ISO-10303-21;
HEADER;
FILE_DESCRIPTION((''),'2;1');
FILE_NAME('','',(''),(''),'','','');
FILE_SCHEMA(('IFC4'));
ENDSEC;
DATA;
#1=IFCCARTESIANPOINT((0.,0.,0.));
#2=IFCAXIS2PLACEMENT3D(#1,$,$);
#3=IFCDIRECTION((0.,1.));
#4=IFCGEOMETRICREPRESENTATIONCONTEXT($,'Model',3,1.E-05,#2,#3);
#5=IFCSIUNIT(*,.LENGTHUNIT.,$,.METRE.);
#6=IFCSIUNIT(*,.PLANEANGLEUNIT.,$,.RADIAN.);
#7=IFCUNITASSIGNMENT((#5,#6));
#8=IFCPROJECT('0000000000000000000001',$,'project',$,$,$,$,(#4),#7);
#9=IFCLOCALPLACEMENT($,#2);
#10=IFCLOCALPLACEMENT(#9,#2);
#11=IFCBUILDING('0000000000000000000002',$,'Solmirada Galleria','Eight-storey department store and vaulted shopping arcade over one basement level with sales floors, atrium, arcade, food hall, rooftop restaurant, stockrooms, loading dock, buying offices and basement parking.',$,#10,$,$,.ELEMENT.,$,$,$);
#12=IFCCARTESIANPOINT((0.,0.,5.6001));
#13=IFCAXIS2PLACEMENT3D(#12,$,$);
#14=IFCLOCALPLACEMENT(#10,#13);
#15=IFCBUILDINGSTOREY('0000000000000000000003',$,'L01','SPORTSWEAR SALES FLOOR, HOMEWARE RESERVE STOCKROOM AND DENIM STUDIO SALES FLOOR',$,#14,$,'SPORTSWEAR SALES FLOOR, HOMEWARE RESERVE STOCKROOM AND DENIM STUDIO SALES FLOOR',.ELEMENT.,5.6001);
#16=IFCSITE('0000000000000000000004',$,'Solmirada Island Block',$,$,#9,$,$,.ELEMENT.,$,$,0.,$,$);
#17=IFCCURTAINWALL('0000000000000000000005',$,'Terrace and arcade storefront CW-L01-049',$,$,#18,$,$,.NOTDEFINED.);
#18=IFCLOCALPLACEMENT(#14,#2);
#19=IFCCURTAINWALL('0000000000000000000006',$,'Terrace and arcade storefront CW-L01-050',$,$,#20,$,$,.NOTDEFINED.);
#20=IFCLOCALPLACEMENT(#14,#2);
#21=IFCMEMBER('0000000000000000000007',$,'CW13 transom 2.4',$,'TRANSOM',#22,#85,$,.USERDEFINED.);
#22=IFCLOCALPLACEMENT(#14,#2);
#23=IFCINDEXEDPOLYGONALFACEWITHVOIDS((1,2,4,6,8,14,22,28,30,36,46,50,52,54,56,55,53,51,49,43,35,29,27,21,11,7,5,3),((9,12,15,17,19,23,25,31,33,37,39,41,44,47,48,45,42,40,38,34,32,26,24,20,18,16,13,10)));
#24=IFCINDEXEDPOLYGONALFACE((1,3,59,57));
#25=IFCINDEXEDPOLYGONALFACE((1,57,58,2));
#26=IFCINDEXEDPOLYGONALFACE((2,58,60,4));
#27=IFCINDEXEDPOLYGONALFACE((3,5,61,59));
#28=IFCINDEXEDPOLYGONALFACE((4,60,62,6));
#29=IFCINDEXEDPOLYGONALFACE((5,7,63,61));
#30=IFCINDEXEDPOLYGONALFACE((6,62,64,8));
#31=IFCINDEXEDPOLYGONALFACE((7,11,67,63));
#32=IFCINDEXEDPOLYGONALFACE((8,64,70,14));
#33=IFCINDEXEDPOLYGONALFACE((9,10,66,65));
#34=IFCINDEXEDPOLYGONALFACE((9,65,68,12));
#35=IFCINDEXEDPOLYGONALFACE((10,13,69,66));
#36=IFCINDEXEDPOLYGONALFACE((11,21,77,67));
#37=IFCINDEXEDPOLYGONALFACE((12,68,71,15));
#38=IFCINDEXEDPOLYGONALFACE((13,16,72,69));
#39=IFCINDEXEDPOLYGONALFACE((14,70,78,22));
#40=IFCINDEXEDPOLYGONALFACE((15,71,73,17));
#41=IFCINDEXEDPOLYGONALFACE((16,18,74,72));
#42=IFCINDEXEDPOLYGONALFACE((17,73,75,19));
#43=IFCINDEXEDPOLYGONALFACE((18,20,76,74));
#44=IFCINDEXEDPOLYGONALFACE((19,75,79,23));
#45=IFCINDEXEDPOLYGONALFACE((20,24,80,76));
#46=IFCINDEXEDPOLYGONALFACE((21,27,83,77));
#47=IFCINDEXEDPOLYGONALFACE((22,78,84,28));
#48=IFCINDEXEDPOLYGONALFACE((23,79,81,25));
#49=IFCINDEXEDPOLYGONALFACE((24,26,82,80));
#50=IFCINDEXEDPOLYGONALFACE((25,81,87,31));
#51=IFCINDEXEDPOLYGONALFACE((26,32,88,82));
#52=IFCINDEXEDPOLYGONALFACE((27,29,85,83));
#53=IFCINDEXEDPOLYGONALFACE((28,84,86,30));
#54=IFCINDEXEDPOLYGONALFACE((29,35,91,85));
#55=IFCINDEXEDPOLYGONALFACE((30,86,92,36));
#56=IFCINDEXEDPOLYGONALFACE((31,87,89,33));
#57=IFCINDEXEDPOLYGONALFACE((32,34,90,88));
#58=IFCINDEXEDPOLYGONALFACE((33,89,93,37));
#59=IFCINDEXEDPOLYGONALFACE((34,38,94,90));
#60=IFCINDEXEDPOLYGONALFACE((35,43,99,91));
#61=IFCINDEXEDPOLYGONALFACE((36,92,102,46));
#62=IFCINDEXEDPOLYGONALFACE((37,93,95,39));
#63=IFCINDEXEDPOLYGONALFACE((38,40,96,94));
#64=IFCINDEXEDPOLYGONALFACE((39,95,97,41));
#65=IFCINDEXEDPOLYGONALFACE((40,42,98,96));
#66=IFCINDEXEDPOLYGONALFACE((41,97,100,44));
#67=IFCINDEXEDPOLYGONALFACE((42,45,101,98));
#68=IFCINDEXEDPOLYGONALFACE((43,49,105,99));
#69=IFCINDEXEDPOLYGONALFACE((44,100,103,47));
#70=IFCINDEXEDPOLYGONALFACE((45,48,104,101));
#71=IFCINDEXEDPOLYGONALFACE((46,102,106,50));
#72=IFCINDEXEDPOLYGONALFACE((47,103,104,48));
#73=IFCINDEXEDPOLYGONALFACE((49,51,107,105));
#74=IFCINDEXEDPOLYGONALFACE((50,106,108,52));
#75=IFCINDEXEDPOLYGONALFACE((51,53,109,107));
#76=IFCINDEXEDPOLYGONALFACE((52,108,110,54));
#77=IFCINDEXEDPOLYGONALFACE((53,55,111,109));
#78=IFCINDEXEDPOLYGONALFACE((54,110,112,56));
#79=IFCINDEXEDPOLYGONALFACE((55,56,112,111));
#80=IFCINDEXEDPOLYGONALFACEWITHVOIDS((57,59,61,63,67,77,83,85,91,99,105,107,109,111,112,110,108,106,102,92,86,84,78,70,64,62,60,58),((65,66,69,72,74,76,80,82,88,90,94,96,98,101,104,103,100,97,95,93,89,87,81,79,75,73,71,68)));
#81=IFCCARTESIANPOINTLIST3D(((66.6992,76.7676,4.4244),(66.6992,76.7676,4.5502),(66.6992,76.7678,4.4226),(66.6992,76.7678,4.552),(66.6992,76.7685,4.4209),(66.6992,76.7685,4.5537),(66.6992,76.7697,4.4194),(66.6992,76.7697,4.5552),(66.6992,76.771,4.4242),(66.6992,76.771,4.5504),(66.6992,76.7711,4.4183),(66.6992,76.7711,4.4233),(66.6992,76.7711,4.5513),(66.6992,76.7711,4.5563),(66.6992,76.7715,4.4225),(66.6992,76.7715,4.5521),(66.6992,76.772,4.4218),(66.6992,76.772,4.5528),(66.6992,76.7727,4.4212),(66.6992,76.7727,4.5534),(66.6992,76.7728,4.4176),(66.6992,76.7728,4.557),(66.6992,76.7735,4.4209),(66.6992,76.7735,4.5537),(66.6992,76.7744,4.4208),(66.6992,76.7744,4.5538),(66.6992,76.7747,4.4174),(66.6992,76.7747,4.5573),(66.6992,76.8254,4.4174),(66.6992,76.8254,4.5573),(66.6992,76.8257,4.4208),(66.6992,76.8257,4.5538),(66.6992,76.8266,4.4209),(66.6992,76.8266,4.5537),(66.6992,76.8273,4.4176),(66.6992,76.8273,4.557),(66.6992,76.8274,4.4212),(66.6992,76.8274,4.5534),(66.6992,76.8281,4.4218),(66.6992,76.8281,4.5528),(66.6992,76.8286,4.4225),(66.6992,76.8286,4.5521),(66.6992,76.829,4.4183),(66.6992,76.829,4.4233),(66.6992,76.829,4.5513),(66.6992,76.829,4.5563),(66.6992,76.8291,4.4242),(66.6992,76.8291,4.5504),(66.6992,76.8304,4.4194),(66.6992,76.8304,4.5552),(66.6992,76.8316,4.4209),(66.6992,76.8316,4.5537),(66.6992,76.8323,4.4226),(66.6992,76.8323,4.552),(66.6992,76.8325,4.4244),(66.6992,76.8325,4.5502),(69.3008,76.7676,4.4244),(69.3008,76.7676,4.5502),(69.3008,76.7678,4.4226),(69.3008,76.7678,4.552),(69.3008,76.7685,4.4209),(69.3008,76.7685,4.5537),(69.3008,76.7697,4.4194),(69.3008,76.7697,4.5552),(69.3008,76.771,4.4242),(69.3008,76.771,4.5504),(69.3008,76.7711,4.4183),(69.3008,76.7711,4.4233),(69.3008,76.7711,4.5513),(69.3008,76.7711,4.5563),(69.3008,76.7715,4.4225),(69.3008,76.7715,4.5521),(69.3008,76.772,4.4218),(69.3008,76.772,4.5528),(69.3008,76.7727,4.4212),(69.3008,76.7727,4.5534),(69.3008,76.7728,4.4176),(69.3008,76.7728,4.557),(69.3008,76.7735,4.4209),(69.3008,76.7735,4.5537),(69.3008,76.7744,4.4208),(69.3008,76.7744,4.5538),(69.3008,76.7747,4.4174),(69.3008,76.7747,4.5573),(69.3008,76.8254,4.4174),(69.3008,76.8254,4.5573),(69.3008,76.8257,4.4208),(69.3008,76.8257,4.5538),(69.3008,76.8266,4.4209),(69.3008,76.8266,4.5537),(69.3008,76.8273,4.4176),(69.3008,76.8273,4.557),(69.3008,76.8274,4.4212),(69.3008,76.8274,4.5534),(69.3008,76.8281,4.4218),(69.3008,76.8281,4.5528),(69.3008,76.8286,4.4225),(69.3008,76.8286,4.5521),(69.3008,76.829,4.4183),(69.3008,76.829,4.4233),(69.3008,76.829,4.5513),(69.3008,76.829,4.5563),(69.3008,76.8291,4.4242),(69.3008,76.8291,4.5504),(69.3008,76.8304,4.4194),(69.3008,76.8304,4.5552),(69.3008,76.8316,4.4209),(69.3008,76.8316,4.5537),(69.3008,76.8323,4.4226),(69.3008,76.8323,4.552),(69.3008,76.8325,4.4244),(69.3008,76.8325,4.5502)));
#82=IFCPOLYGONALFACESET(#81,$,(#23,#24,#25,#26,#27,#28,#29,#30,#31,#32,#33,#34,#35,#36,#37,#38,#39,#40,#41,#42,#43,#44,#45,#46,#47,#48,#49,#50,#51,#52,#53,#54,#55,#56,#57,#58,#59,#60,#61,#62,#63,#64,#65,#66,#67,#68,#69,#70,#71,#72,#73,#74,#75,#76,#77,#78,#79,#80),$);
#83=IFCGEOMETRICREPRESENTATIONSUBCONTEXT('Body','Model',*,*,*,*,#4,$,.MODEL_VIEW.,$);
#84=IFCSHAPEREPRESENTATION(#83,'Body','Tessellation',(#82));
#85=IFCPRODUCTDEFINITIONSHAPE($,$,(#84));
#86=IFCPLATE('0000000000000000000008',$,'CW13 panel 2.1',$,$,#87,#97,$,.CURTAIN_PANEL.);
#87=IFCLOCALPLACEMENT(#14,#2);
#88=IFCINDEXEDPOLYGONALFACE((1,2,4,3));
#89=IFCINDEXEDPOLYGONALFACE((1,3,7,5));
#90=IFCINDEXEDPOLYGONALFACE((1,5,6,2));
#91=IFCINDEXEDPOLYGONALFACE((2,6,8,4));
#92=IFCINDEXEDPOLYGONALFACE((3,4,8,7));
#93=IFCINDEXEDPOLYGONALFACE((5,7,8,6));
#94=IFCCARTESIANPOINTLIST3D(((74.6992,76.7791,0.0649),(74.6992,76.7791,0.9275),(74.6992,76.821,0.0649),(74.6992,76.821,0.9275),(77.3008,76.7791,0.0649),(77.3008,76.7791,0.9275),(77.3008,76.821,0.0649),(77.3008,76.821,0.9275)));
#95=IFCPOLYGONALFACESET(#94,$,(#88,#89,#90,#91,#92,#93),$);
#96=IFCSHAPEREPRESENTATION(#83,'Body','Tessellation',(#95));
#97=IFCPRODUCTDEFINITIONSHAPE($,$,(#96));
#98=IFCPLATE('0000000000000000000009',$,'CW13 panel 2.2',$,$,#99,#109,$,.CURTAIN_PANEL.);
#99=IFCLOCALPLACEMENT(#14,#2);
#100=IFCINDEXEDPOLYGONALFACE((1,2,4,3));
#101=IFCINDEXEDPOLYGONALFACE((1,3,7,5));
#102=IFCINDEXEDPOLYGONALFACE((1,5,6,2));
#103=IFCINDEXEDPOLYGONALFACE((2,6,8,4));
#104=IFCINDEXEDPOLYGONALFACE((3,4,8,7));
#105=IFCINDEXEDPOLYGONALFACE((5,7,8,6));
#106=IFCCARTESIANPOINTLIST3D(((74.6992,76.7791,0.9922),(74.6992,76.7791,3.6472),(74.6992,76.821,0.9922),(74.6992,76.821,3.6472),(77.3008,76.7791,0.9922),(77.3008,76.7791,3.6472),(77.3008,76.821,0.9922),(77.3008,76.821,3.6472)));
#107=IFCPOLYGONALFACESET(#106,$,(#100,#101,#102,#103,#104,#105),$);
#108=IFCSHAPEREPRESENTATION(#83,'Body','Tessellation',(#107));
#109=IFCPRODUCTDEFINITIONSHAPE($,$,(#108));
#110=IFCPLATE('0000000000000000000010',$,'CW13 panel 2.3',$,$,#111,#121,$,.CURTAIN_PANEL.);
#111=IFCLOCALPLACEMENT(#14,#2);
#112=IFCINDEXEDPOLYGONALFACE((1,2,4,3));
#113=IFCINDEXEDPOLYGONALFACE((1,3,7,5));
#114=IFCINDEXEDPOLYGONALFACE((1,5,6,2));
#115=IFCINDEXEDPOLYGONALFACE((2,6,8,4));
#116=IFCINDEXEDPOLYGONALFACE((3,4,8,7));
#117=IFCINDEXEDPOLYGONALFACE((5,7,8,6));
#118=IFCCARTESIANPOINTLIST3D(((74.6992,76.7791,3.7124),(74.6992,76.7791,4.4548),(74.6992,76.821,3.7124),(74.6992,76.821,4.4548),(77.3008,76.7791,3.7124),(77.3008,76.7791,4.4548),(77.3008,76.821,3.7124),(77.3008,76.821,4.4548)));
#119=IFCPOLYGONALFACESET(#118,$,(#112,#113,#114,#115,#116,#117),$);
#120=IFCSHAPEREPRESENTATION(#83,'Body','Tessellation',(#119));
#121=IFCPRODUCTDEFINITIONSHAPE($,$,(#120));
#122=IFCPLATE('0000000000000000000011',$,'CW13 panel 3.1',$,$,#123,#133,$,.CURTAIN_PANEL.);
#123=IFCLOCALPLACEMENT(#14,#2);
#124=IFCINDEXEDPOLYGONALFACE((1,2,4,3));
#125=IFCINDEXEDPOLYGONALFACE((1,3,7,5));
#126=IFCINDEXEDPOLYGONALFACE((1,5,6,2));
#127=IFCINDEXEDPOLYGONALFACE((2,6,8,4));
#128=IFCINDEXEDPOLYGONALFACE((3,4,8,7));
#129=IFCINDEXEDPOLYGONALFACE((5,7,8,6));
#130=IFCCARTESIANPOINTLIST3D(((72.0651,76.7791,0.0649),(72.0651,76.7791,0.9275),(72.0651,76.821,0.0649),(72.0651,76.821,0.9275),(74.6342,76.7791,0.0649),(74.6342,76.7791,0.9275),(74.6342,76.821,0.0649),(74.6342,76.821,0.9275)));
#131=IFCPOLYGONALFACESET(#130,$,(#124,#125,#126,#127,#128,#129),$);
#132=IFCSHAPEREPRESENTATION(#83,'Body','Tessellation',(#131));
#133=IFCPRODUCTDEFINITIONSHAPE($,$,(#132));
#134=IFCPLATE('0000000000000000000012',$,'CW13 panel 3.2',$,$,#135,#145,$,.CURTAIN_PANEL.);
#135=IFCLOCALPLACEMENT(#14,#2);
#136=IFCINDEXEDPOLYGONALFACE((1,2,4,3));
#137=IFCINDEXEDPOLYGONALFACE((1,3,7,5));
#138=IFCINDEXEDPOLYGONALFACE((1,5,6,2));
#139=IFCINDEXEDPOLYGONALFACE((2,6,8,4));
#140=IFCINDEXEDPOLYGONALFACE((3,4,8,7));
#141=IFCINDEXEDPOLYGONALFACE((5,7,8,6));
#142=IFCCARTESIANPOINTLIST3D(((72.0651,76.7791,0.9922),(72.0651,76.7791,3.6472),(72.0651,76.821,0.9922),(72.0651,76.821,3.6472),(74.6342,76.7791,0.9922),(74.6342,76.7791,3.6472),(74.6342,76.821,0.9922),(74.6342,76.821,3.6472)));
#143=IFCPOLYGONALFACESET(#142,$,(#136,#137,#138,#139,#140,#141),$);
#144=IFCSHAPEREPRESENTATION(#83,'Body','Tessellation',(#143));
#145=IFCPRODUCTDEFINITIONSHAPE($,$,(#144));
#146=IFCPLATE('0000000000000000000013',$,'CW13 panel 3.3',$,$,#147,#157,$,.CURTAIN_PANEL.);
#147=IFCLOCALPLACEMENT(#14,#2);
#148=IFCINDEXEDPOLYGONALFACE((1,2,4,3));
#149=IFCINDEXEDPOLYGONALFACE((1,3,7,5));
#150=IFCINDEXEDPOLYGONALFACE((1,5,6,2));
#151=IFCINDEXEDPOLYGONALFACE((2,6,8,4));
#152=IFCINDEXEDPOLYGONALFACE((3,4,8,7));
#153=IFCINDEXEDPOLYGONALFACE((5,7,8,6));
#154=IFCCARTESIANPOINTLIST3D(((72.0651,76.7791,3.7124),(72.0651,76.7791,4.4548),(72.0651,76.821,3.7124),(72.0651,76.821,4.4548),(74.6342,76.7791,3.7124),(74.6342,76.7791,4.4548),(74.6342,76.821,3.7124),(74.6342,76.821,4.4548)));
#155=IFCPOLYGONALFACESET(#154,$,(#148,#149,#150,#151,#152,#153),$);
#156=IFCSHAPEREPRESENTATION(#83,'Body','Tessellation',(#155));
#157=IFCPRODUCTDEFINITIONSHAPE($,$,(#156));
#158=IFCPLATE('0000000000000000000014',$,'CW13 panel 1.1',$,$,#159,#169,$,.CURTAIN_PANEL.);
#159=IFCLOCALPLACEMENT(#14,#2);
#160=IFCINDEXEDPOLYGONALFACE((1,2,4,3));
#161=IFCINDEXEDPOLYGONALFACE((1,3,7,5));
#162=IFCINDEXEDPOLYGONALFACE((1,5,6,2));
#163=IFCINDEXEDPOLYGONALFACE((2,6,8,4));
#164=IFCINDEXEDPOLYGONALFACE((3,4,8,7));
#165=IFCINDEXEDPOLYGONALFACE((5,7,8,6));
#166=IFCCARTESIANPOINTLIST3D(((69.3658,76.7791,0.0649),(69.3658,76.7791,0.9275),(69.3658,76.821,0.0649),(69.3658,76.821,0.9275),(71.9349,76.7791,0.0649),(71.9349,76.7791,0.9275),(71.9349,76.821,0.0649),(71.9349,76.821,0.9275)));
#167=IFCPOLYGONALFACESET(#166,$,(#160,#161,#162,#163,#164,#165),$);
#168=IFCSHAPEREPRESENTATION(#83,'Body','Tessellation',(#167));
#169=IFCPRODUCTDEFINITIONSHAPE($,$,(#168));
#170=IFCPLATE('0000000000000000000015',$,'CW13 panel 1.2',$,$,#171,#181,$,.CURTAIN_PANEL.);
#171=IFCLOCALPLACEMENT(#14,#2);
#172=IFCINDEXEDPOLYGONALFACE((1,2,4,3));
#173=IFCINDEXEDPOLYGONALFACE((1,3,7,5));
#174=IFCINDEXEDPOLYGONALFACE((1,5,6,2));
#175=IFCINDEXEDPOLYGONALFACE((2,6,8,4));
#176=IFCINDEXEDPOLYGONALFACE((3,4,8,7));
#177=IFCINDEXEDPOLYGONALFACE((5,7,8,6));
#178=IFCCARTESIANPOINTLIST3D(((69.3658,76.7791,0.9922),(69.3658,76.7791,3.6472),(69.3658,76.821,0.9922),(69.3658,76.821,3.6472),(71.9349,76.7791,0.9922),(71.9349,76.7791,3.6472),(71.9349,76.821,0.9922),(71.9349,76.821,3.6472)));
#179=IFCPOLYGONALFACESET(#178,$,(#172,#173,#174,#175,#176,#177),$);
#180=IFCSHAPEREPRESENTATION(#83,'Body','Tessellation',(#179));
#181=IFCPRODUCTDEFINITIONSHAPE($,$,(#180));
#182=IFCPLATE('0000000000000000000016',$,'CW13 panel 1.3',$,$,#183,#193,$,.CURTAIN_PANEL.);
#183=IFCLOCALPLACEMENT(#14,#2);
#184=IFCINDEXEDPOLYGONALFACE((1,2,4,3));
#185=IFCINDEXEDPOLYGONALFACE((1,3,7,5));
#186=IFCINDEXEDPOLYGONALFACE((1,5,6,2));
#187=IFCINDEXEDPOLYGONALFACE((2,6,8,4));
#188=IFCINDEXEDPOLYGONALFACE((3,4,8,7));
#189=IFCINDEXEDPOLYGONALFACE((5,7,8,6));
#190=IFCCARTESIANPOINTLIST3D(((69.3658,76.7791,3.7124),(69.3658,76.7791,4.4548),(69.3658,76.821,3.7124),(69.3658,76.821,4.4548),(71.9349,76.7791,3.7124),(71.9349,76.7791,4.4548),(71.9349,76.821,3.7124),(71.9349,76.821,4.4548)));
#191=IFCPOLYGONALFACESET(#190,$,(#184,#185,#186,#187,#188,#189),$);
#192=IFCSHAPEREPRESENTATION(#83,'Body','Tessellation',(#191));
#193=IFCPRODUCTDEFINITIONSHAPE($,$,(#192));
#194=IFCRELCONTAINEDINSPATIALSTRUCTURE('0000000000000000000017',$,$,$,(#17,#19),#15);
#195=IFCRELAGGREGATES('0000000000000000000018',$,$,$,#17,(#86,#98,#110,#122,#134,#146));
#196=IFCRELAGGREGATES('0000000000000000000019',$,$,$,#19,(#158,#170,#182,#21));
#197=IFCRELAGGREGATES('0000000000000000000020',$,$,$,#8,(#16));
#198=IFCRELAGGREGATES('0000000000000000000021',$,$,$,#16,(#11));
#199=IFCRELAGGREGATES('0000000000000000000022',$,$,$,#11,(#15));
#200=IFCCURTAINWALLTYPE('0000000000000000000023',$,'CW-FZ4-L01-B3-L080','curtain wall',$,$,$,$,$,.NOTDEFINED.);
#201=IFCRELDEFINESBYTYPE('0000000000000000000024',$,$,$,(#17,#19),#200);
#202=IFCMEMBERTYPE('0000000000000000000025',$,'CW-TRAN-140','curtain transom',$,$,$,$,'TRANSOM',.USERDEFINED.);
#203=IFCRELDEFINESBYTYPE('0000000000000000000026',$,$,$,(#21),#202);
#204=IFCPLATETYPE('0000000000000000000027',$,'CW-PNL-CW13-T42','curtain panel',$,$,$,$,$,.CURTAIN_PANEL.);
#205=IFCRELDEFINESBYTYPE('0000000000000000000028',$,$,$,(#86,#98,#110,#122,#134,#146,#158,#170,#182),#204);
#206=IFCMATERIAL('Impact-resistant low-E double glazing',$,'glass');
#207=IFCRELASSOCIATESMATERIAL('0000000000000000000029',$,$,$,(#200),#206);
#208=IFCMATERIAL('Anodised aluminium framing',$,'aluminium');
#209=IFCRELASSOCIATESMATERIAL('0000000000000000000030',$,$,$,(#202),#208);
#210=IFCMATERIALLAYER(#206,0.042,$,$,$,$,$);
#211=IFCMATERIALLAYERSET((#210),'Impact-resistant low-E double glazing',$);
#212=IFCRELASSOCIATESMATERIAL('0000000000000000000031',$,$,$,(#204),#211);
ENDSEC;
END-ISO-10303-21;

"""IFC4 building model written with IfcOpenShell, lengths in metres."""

from ifc_helpers import new_model, si_unit, direction, frame, origin, origin_2d, place, context, subcontext, project, spatial, rectangle, hollow_rectangle, extrude, material, layer, layer_set, material_profile, profile_set, type_object, element, aggregate, save


model = new_model("IFC4")

# Units and contexts
model_context = context("Model", 3, precision=1e-05, world=origin(), true_north=direction((0.0, 1.0)))
body_context = subcontext(model_context, "Body", "Model", "MODEL_VIEW")
ifc_project = project(units=[si_unit("LENGTHUNIT", "METRE"), si_unit("PLANEANGLEUNIT", "RADIAN")], contexts=[model_context])

# Site, building, storey
site_placement = place(None, origin())
site = spatial("IfcSite", under=ifc_project, at=site_placement, Name="Solmirada Island Block", CompositionType="ELEMENT", RefElevation=0.0)
building_placement = place(site_placement, origin())
building = spatial("IfcBuilding", under=site, at=building_placement, Name="Solmirada Galleria", Description="Eight-storey department store and vaulted shopping arcade over one basement level with sales floors, atrium, arcade, food hall, rooftop restaurant, stockrooms, loading dock, buying offices and basement parking.", CompositionType="ELEMENT")
storey_placement = place(building_placement, frame((0.0, 0.0, 5.6001)))
storey = spatial("IfcBuildingStorey", under=building, at=storey_placement, Name="L01", Description="SPORTSWEAR SALES FLOOR, HOMEWARE RESERVE STOCKROOM AND DENIM STUDIO SALES FLOOR", LongName="SPORTSWEAR SALES FLOOR, HOMEWARE RESERVE STOCKROOM AND DENIM STUDIO SALES FLOOR", CompositionType="ELEMENT", Elevation=5.6001)

# Curtain walls
ifc_material_1 = material(Name="Impact-resistant low-E double glazing", Category="glass")
curtain_wall_type = type_object("IfcCurtainWallType", Name="CW-FZ4-L01-B3-L080", Description="curtain wall", PredefinedType="NOTDEFINED", material=ifc_material_1)
curtain_wall_1_placement = place(storey_placement, origin())
curtain_wall_1 = element("IfcCurtainWall", 1, at=curtain_wall_1_placement, inside=storey, type_object=curtain_wall_type, Name="Terrace and arcade storefront CW-L01-049", PredefinedType="NOTDEFINED")
ifc_material_2 = material(Name="Anodised aluminium framing", Category="aluminium")
curtain_wall_2_placement = place(storey_placement, origin())
curtain_wall_2 = element("IfcCurtainWall", 2, at=curtain_wall_2_placement, inside=storey, type_object=curtain_wall_type, Name="Terrace and arcade storefront CW-L01-050", PredefinedType="NOTDEFINED")

# Member
ifc_material_profile_1 = material_profile(ifc_material_2, hollow_rectangle(XDim=0.0649, YDim=0.1399, WallThickness=0.0034, InnerFilletRadius=0.0034, OuterFilletRadius=0.0071, at=origin_2d()), Name="ALU-TRAN-140X65")
ifc_profile_set_1 = profile_set([ifc_material_profile_1], Name="Anodised aluminium framing")
member_type_1 = type_object("IfcMemberType", Name="CW-TRAN-140", Description="curtain transom", ElementType="TRANSOM", PredefinedType="USERDEFINED", material=ifc_profile_set_1)
member_1_placement = place(storey_placement, frame((69.3008, 76.8, 4.4873), z_axis=(-1.0, 0.0, 0.0), x_axis=(0.0, -1.0, 0.0)))
member_1 = element("IfcMember", 3, at=member_1_placement, type_object=member_type_1, Name="CW13 transom 2.4", ObjectType="TRANSOM", PredefinedType="USERDEFINED", context=body_context, shape_type="SweptSolid", body=[
    extrude(hollow_rectangle(XDim=0.0649, YDim=0.1399, WallThickness=0.0034, InnerFilletRadius=0.0034, OuterFilletRadius=0.0071, at=origin_2d()), origin(), (0.0, 0.0, 1.0), 2.6016),
])

# Plates
ifc_layer = layer(ifc_material_1, 0.042)
ifc_layer_set = layer_set([ifc_layer], Name="Impact-resistant low-E double glazing")
plate_type = type_object("IfcPlateType", Name="CW-PNL-CW13-T42", Description="curtain panel", PredefinedType="CURTAIN_PANEL", material=ifc_layer_set)
plate_1_placement = place(storey_placement, frame((76.0, 76.8, 0.0649), z_axis=(0.0, 0.0, 1.0), x_axis=(-1.0, 0.0, 0.0)))
plate_1 = element("IfcPlate", 4, at=plate_1_placement, type_object=plate_type, Name="CW13 panel 2.1", PredefinedType="CURTAIN_PANEL", context=body_context, shape_type="SweptSolid", body=[
    extrude(rectangle(XDim=2.6016, YDim=0.042, at=origin_2d()), origin(), (0.0, 0.0, 1.0), 0.8625),
])
plate_2_placement = place(storey_placement, frame((76.0, 76.8, 0.9922), z_axis=(0.0, 0.0, 1.0), x_axis=(-1.0, 0.0, 0.0)))
plate_2 = element("IfcPlate", 5, at=plate_2_placement, type_object=plate_type, Name="CW13 panel 2.2", PredefinedType="CURTAIN_PANEL", context=body_context, shape_type="SweptSolid", body=[
    extrude(rectangle(XDim=2.6016, YDim=0.042, at=origin_2d()), origin(), (0.0, 0.0, 1.0), 2.655),
])
plate_3_placement = place(storey_placement, frame((76.0, 76.8, 3.7124), z_axis=(0.0, 0.0, 1.0), x_axis=(-1.0, 0.0, 0.0)))
plate_3 = element("IfcPlate", 6, at=plate_3_placement, type_object=plate_type, Name="CW13 panel 2.3", PredefinedType="CURTAIN_PANEL", context=body_context, shape_type="SweptSolid", body=[
    extrude(rectangle(XDim=2.6016, YDim=0.042, at=origin_2d()), origin(), (0.0, 0.0, 1.0), 0.7424),
])
plate_4_placement = place(storey_placement, frame((73.3496, 76.8, 0.0649), z_axis=(0.0, 0.0, 1.0), x_axis=(-1.0, 0.0, 0.0)))
plate_4 = element("IfcPlate", 7, at=plate_4_placement, type_object=plate_type, Name="CW13 panel 3.1", PredefinedType="CURTAIN_PANEL", context=body_context, shape_type="SweptSolid", body=[
    extrude(rectangle(XDim=2.5691, YDim=0.042, at=origin_2d()), origin(), (0.0, 0.0, 1.0), 0.8625),
])
plate_5_placement = place(storey_placement, frame((73.3496, 76.8, 0.9922), z_axis=(0.0, 0.0, 1.0), x_axis=(-1.0, 0.0, 0.0)))
plate_5 = element("IfcPlate", 8, at=plate_5_placement, type_object=plate_type, Name="CW13 panel 3.2", PredefinedType="CURTAIN_PANEL", context=body_context, shape_type="SweptSolid", body=[
    extrude(rectangle(XDim=2.5691, YDim=0.042, at=origin_2d()), origin(), (0.0, 0.0, 1.0), 2.655),
])
plate_6_placement = place(storey_placement, frame((73.3496, 76.8, 3.7124), z_axis=(0.0, 0.0, 1.0), x_axis=(-1.0, 0.0, 0.0)))
plate_6 = element("IfcPlate", 9, at=plate_6_placement, type_object=plate_type, Name="CW13 panel 3.3", PredefinedType="CURTAIN_PANEL", context=body_context, shape_type="SweptSolid", body=[
    extrude(rectangle(XDim=2.5691, YDim=0.042, at=origin_2d()), origin(), (0.0, 0.0, 1.0), 0.7424),
])
aggregate(curtain_wall_1, [plate_1, plate_2, plate_3, plate_4, plate_5, plate_6])
plate_7_placement = place(storey_placement, frame((70.6504, 76.8, 0.0649), z_axis=(0.0, 0.0, 1.0), x_axis=(-1.0, 0.0, 0.0)))
plate_7 = element("IfcPlate", 10, at=plate_7_placement, type_object=plate_type, Name="CW13 panel 1.1", PredefinedType="CURTAIN_PANEL", context=body_context, shape_type="SweptSolid", body=[
    extrude(rectangle(XDim=2.5691, YDim=0.042, at=origin_2d()), origin(), (0.0, 0.0, 1.0), 0.8625),
])
plate_8_placement = place(storey_placement, frame((70.6504, 76.8, 0.9922), z_axis=(0.0, 0.0, 1.0), x_axis=(-1.0, 0.0, 0.0)))
plate_8 = element("IfcPlate", 11, at=plate_8_placement, type_object=plate_type, Name="CW13 panel 1.2", PredefinedType="CURTAIN_PANEL", context=body_context, shape_type="SweptSolid", body=[
    extrude(rectangle(XDim=2.5691, YDim=0.042, at=origin_2d()), origin(), (0.0, 0.0, 1.0), 2.655),
])
plate_9_placement = place(storey_placement, frame((70.6504, 76.8, 3.7124), z_axis=(0.0, 0.0, 1.0), x_axis=(-1.0, 0.0, 0.0)))
plate_9 = element("IfcPlate", 12, at=plate_9_placement, type_object=plate_type, Name="CW13 panel 1.3", PredefinedType="CURTAIN_PANEL", context=body_context, shape_type="SweptSolid", body=[
    extrude(rectangle(XDim=2.5691, YDim=0.042, at=origin_2d()), origin(), (0.0, 0.0, 1.0), 0.7424),
])
aggregate(curtain_wall_2, [plate_7, plate_8, plate_9, member_1])

save(model, "model.ifc")
